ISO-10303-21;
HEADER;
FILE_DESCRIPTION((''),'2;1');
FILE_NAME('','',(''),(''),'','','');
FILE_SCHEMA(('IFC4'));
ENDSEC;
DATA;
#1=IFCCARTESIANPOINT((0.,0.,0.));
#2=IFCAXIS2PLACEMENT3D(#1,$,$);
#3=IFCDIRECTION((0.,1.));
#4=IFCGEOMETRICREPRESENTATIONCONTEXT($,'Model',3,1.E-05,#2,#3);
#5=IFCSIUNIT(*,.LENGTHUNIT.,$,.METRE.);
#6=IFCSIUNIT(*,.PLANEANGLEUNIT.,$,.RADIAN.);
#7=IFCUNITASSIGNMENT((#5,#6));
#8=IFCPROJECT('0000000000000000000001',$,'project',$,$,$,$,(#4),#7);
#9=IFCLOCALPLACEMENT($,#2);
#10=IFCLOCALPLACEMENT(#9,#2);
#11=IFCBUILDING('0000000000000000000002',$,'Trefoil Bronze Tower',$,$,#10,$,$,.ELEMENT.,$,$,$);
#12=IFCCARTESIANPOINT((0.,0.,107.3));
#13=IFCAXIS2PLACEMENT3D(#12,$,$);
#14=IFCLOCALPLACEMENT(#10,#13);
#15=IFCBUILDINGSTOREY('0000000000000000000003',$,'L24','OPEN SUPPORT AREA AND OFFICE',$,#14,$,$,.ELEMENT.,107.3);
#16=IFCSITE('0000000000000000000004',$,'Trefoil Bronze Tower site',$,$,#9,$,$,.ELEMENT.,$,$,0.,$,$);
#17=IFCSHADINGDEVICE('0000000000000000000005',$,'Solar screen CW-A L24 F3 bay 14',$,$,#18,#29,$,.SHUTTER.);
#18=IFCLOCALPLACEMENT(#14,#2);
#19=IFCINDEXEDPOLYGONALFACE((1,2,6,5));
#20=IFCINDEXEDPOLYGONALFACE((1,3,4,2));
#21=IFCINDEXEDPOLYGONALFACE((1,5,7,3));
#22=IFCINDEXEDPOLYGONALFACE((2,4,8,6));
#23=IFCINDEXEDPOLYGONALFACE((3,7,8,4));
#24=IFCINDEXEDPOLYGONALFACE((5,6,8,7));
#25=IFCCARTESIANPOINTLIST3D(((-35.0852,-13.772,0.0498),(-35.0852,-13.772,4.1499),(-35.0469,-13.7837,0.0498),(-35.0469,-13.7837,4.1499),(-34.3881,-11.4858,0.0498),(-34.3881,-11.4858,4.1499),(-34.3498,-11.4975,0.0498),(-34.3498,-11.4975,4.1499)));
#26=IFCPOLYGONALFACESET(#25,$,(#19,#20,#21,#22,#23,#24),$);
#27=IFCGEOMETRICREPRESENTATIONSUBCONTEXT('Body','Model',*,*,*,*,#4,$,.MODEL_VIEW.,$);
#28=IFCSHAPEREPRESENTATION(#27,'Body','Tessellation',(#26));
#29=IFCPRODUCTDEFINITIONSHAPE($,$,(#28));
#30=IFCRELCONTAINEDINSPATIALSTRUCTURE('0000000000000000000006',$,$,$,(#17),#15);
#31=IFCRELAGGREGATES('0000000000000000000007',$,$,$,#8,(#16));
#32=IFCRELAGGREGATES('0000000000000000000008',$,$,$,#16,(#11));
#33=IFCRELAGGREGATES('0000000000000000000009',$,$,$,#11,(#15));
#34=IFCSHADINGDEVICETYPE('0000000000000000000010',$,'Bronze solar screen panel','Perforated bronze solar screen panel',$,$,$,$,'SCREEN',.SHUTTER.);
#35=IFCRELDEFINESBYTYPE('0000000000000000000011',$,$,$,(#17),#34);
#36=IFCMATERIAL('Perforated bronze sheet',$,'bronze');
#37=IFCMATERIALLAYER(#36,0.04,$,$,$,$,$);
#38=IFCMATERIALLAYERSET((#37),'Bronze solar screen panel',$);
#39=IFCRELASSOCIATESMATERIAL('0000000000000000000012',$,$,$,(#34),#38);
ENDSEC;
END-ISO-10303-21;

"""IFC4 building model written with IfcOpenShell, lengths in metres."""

from ifc_helpers import new_model, si_unit, direction, frame, origin, origin_2d, place, context, subcontext, project, spatial, rectangle, extrude, material, layer, layer_set, type_object, element, save


model = new_model("IFC4")

# Units and contexts
model_context = context("Model", 3, precision=1e-05, world=origin(), true_north=direction((0.0, 1.0)))
body_context = subcontext(model_context, "Body", "Model", "MODEL_VIEW")
ifc_project = project(units=[si_unit("LENGTHUNIT", "METRE"), si_unit("PLANEANGLEUNIT", "RADIAN")], contexts=[model_context])

# Site, building, storey
site_placement = place(None, origin())
site = spatial("IfcSite", under=ifc_project, at=site_placement, Name="Trefoil Bronze Tower site", CompositionType="ELEMENT", RefElevation=0.0)
building_placement = place(site_placement, origin())
building = spatial("IfcBuilding", under=site, at=building_placement, Name="Trefoil Bronze Tower", CompositionType="ELEMENT")
storey_placement = place(building_placement, frame((0.0, 0.0, 107.3)))
storey = spatial("IfcBuildingStorey", under=building, at=storey_placement, Name="L24", Description="OPEN SUPPORT AREA AND OFFICE", CompositionType="ELEMENT", Elevation=107.3)

# Shading device
ifc_material_1 = material(Name="Perforated bronze sheet", Category="bronze")
ifc_layer_1 = layer(ifc_material_1, 0.04)
ifc_layer_set_1 = layer_set([ifc_layer_1], Name="Bronze solar screen panel")
shading_device_type = type_object("IfcShadingDeviceType", Name="Bronze solar screen panel", Description="Perforated bronze solar screen panel", ElementType="SCREEN", PredefinedType="SHUTTER", material=ifc_layer_set_1)
shading_device_1_placement = place(storey_placement, frame((-34.7175, -12.6348, 0.0498), z_axis=(0.0, 0.0, 1.0), x_axis=(-0.291669, -0.956519, 0.0)))
element("IfcShadingDevice", 1, at=shading_device_1_placement, inside=storey, type_object=shading_device_type, Name="Solar screen CW-A L24 F3 bay 14", PredefinedType="SHUTTER", context=body_context, shape_type="SweptSolid", body=[
    extrude(rectangle(XDim=2.3901, YDim=0.04, at=origin_2d()), origin(), (0.0, 0.0, 1.0), 4.1001),
])

save(model, "model.ifc")
